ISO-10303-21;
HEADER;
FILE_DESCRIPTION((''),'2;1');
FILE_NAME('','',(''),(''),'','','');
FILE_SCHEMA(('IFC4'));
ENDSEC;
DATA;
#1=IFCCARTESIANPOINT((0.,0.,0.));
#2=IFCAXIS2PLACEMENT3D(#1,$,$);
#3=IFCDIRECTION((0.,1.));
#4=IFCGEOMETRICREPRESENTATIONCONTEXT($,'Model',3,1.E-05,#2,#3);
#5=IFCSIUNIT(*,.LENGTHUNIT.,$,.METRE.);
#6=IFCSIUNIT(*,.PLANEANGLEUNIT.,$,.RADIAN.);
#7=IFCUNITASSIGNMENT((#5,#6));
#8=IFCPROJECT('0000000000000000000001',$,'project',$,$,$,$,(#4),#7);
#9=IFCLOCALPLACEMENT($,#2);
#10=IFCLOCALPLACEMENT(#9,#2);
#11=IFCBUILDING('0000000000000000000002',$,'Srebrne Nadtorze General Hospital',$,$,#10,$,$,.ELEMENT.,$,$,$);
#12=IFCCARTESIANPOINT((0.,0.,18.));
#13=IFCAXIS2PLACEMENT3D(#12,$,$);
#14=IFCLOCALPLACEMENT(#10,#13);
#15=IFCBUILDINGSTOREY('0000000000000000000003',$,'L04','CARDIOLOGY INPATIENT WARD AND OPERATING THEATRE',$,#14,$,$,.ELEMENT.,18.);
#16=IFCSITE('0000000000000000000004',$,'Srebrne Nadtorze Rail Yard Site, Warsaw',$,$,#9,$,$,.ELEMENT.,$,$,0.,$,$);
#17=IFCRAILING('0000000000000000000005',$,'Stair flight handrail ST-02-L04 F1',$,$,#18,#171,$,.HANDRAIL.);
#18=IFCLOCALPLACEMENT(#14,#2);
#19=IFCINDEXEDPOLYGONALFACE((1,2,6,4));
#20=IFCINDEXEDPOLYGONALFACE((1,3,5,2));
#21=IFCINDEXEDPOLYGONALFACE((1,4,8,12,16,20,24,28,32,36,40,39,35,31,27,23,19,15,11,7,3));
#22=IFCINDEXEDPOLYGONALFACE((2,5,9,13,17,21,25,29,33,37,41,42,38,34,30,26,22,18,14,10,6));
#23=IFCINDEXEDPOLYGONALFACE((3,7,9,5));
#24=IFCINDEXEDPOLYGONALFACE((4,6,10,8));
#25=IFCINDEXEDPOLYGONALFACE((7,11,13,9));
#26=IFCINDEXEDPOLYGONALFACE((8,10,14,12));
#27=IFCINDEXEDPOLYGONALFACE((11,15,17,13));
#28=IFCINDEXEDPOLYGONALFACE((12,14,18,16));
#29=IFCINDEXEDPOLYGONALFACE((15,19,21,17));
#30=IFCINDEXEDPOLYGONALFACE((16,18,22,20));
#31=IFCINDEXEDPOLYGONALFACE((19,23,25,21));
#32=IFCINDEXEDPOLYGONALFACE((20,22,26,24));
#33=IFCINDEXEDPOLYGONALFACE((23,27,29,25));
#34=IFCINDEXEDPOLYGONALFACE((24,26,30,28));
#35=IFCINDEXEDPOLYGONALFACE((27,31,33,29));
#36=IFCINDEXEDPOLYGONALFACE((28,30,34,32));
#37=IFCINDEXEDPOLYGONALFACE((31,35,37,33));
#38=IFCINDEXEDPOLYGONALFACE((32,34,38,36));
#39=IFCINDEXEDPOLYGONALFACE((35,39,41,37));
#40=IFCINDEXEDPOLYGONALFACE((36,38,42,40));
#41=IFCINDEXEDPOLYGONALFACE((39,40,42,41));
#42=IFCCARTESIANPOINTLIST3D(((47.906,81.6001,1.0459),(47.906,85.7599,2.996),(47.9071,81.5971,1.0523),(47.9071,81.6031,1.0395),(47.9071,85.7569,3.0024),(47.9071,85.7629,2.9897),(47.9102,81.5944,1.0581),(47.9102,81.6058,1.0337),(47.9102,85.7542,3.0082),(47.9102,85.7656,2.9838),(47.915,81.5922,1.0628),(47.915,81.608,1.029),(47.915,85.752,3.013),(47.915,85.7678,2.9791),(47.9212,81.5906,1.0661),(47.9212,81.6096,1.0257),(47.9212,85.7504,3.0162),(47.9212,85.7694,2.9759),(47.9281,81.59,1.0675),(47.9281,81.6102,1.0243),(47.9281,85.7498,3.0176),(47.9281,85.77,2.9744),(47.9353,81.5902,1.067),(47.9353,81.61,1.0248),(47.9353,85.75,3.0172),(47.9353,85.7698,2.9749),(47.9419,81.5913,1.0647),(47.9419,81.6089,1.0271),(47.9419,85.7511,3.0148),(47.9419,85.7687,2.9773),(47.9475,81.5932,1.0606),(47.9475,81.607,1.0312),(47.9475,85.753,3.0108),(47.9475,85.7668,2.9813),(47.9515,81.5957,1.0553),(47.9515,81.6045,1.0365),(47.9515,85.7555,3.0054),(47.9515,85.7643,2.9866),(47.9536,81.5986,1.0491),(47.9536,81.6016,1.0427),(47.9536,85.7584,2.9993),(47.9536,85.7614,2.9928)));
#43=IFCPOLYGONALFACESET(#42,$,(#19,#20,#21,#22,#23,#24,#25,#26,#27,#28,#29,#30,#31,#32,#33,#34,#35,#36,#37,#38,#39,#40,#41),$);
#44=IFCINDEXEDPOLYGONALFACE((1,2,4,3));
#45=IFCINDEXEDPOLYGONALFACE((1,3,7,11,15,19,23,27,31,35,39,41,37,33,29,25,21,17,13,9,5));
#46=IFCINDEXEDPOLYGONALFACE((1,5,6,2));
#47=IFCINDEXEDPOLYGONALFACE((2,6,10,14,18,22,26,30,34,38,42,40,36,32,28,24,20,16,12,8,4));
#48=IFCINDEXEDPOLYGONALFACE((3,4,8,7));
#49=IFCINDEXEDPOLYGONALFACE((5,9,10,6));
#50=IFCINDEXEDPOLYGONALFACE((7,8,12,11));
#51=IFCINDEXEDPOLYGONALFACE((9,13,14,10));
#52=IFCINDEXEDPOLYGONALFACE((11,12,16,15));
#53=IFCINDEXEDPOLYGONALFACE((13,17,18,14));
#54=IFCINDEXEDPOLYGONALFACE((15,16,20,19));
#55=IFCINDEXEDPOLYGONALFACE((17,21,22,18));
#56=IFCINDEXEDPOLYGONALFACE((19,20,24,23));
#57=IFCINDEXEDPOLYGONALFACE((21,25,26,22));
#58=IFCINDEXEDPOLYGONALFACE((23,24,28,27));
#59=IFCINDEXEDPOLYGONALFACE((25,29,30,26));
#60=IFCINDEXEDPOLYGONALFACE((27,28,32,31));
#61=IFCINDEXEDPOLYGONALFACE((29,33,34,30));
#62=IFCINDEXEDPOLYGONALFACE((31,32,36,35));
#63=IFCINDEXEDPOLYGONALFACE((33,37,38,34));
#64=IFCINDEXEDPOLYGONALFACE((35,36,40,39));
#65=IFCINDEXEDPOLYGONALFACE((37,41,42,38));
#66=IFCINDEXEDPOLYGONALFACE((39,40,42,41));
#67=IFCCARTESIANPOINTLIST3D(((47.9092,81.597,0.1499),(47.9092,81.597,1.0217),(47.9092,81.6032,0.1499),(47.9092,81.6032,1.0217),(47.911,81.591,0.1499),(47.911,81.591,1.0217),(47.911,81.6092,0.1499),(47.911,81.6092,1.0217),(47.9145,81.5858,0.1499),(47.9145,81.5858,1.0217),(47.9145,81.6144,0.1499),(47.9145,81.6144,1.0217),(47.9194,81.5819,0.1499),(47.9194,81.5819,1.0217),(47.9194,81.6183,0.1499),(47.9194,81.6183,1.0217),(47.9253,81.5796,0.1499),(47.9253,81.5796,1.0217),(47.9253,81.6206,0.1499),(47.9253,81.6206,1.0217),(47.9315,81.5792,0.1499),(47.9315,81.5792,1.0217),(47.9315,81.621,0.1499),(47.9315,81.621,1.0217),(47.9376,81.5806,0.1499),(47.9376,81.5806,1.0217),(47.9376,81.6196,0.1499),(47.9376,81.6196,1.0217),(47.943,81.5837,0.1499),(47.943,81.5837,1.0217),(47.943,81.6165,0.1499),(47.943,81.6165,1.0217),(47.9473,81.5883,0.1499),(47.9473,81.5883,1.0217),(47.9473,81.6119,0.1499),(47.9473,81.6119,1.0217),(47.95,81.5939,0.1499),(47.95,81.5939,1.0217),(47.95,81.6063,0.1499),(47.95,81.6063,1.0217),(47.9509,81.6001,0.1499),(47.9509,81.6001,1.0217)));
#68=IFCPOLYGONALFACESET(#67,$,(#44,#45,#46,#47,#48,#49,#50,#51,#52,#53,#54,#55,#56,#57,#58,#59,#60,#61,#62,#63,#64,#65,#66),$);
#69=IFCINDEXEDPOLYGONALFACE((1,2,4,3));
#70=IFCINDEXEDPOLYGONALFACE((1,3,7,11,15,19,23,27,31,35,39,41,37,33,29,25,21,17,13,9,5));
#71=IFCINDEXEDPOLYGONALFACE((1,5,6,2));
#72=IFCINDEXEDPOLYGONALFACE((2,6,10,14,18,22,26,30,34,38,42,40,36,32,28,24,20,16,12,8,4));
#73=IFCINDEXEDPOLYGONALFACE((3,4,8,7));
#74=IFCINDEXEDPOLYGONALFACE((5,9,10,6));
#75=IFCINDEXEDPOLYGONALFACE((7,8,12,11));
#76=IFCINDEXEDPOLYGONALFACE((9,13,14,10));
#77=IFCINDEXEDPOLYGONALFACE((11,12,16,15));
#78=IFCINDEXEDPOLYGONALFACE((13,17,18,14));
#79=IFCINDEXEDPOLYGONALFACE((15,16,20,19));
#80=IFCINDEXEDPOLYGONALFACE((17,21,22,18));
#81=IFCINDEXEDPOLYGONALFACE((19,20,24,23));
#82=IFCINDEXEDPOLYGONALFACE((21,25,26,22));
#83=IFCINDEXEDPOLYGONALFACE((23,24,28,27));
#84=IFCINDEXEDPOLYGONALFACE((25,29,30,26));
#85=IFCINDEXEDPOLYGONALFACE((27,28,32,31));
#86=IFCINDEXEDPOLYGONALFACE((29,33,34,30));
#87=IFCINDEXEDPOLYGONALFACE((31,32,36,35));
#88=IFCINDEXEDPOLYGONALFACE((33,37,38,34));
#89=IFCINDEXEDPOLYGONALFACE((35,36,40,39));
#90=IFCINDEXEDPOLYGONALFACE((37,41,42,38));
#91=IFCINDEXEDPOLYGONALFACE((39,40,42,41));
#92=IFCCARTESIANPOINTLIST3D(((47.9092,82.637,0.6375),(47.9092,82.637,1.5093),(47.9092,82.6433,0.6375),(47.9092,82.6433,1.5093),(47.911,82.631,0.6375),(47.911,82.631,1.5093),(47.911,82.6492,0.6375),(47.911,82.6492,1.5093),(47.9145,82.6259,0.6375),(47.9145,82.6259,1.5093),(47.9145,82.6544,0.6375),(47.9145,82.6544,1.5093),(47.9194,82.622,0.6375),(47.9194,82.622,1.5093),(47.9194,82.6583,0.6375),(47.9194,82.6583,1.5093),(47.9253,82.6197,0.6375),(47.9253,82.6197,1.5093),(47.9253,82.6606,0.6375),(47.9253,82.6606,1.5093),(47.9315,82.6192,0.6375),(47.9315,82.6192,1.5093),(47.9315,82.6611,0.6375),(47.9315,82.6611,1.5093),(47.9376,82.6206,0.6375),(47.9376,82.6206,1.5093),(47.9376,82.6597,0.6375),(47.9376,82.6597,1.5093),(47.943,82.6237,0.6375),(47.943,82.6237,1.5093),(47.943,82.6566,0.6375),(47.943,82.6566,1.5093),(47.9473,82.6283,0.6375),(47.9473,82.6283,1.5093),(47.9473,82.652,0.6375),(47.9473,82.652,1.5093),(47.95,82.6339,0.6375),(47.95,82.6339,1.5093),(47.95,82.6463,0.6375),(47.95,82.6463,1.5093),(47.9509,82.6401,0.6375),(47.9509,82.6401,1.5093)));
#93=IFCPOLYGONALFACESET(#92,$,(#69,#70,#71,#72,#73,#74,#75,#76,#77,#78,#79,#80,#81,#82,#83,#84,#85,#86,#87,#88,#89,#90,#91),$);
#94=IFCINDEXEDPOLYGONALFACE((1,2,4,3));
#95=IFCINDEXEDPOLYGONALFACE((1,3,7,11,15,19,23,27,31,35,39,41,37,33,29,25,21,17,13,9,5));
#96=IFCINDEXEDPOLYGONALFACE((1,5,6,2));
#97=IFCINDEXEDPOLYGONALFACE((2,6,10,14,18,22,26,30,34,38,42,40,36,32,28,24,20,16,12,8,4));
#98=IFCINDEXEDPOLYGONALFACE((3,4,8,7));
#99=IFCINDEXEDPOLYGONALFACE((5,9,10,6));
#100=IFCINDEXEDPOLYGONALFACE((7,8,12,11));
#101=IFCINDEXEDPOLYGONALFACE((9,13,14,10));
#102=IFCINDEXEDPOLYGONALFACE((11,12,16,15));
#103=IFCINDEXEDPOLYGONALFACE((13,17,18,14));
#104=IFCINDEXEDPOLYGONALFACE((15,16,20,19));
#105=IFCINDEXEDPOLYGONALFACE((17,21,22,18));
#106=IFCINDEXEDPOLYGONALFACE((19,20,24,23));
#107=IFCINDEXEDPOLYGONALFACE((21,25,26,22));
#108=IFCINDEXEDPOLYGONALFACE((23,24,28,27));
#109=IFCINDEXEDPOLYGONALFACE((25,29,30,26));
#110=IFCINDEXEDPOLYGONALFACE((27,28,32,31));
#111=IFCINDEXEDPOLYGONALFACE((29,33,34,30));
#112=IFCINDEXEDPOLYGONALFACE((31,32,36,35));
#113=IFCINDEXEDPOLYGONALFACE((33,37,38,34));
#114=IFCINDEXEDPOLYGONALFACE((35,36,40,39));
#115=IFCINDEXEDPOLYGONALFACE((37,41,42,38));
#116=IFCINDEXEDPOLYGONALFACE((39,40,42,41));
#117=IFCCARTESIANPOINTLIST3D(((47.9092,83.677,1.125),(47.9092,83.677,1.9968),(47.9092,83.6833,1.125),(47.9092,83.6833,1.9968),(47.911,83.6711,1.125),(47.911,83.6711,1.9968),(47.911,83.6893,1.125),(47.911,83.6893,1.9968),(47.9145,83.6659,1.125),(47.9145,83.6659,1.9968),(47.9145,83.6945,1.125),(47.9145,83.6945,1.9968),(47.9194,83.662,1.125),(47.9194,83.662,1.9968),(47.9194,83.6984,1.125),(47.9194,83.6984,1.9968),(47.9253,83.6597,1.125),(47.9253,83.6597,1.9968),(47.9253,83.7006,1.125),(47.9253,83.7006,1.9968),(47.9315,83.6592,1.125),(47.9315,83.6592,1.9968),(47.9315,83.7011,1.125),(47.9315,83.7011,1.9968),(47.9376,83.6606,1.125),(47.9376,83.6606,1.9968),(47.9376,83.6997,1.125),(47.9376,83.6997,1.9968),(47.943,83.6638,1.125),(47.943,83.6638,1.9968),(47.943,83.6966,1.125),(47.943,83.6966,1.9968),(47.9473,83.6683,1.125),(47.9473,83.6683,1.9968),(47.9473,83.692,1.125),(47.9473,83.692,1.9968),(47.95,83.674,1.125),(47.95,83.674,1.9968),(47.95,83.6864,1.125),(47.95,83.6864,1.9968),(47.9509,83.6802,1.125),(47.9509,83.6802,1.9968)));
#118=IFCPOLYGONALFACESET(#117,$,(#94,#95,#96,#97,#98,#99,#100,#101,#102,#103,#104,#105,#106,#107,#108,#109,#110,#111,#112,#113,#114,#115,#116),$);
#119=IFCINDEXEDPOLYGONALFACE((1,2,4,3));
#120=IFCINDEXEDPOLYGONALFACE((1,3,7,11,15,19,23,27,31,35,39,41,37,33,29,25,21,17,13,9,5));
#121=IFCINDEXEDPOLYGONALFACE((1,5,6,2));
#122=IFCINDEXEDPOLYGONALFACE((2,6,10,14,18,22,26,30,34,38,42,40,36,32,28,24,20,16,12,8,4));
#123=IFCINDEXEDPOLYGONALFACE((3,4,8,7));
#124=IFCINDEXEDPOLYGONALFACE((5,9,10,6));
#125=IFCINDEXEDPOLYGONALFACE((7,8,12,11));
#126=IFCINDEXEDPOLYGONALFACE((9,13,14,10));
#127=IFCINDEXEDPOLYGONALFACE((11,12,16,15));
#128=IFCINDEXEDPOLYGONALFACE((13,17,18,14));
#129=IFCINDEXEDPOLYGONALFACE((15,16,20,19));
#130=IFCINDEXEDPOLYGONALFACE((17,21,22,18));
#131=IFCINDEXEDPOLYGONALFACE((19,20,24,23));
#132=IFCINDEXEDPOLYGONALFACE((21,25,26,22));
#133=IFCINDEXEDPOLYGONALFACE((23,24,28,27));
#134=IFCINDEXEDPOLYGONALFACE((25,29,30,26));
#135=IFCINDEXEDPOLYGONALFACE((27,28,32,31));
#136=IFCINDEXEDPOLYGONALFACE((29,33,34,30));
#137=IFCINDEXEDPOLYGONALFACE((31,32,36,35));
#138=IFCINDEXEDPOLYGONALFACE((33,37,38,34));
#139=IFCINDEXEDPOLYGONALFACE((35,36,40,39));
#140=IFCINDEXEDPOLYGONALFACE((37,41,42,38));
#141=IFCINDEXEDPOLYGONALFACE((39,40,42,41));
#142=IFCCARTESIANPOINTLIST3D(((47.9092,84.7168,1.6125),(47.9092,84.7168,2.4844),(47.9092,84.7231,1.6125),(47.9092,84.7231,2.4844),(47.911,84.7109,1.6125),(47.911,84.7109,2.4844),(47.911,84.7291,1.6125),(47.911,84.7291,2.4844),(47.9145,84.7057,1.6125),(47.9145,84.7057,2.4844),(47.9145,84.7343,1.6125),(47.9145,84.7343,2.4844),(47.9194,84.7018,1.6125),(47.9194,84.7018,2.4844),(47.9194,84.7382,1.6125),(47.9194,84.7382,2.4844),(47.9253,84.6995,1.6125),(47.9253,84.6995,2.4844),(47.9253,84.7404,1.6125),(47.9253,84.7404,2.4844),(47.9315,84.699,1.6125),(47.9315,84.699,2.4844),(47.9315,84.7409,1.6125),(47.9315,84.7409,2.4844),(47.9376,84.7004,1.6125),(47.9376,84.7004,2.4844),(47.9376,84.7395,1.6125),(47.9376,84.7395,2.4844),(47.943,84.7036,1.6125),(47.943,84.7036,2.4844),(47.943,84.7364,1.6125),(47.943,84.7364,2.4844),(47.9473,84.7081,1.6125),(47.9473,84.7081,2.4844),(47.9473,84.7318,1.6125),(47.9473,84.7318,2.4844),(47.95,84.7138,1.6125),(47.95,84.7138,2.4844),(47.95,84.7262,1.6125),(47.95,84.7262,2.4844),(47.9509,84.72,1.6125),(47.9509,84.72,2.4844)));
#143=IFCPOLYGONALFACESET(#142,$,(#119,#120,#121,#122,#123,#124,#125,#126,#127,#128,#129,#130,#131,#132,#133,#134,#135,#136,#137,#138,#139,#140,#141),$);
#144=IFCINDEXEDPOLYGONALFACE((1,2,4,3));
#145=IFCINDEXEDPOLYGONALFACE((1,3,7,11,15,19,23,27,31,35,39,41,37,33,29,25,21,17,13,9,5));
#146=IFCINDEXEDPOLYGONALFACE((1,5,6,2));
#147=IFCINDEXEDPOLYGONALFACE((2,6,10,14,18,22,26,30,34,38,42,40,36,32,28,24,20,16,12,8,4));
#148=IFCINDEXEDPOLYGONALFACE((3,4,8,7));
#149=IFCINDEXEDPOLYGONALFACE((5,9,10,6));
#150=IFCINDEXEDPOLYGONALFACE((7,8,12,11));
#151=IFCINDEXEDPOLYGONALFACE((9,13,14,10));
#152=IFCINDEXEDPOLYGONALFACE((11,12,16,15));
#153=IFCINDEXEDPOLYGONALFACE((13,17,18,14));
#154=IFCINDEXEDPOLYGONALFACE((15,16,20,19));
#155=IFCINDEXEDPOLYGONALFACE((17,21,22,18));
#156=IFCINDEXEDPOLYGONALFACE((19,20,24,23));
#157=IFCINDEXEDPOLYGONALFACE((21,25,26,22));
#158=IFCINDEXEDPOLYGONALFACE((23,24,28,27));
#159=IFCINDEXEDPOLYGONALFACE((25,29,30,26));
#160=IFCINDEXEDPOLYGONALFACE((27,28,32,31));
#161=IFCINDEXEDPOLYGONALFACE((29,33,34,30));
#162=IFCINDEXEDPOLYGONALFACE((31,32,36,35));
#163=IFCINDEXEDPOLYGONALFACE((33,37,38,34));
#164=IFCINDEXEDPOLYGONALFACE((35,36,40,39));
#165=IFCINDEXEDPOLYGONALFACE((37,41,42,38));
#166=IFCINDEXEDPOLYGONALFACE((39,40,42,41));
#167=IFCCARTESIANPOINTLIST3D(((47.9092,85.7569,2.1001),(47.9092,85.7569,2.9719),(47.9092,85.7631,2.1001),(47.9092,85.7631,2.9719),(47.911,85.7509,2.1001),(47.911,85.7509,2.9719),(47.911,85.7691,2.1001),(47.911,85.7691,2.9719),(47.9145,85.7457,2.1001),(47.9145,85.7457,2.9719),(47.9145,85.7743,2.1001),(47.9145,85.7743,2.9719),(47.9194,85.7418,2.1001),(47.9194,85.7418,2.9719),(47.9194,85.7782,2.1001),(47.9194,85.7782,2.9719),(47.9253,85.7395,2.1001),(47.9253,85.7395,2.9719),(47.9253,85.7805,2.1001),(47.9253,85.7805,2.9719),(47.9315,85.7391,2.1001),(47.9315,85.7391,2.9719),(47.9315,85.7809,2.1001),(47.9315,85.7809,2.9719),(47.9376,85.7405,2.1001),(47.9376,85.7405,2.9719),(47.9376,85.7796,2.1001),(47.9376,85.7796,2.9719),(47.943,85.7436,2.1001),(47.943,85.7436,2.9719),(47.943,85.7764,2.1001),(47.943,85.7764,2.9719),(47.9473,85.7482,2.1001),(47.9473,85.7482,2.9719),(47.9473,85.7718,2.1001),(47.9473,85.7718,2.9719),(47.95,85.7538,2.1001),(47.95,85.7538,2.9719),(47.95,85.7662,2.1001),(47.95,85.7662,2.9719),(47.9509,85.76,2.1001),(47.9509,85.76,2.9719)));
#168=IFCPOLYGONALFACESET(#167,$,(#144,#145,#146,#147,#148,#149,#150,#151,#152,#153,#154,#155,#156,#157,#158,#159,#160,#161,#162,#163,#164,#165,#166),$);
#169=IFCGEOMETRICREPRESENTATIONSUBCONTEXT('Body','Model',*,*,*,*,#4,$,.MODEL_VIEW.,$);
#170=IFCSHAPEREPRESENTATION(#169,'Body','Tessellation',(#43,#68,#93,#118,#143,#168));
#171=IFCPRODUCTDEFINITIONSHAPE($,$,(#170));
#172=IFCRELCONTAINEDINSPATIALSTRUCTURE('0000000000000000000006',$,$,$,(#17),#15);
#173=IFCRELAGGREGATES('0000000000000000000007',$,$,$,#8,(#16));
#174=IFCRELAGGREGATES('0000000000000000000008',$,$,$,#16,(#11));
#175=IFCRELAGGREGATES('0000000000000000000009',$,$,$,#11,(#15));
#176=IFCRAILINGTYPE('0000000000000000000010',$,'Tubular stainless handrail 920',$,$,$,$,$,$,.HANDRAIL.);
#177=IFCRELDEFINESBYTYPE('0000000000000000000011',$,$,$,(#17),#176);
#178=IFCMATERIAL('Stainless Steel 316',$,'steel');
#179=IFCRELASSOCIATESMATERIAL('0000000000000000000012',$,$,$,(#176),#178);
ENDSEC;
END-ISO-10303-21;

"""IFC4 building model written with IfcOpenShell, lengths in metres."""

from ifc_helpers import new_model, si_unit, direction, frame, origin, origin_2d, place, context, subcontext, project, spatial, circle, extrude, material, type_object, element, save


model = new_model("IFC4")

# Units and contexts
model_context = context("Model", 3, precision=1e-05, world=origin(), true_north=direction((0.0, 1.0)))
body_context = subcontext(model_context, "Body", "Model", "MODEL_VIEW")
ifc_project = project(units=[si_unit("LENGTHUNIT", "METRE"), si_unit("PLANEANGLEUNIT", "RADIAN")], contexts=[model_context])

# Site, building, storey
site_placement = place(None, origin())
site = spatial("IfcSite", under=ifc_project, at=site_placement, Name="Srebrne Nadtorze Rail Yard Site, Warsaw", CompositionType="ELEMENT", RefElevation=0.0)
building_placement = place(site_placement, origin())
building = spatial("IfcBuilding", under=site, at=building_placement, Name="Srebrne Nadtorze General Hospital", CompositionType="ELEMENT")
storey_placement = place(building_placement, frame((0.0, 0.0, 18.0)))
storey = spatial("IfcBuildingStorey", under=building, at=storey_placement, Name="L04", Description="CARDIOLOGY INPATIENT WARD AND OPERATING THEATRE", CompositionType="ELEMENT", Elevation=18.0)

# Railing
ifc_material_1 = material(Name="Stainless Steel 316", Category="steel")
railing_type = type_object("IfcRailingType", Name="Tubular stainless handrail 920", PredefinedType="HANDRAIL", material=ifc_material_1)
railing_placement = place(storey_placement, frame((47.9299, 81.6001, 0.1499)))
element("IfcRailing", 1, at=railing_placement, inside=storey, type_object=railing_type, Name="Stair flight handrail ST-02-L04 F1", PredefinedType="HANDRAIL", context=body_context, shape_type="SweptSolid", body=[
    extrude(circle(Radius=0.0239, at=origin_2d()), frame((0.0, 0.0, 0.896), z_axis=(0.0, 0.905439, 0.424476), x_axis=(-1.0, 0.0, 0.0)), (0.0, 0.0, 1.0), 4.5942),
    extrude(circle(Radius=0.021, at=origin_2d()), origin(), (0.0, 0.0, 1.0), 0.8718),
    extrude(circle(Radius=0.021, at=origin_2d()), frame((0.0, 1.04, 0.4875)), (0.0, 0.0, 1.0), 0.8718),
    extrude(circle(Radius=0.021, at=origin_2d()), frame((0.0, 2.0801, 0.9751)), (0.0, 0.0, 1.0), 0.8718),
    extrude(circle(Radius=0.021, at=origin_2d()), frame((0.0, 3.1199, 1.4626)), (0.0, 0.0, 1.0), 0.8718),
    extrude(circle(Radius=0.021, at=origin_2d()), frame((0.0, 4.1599, 1.9502)), (0.0, 0.0, 1.0), 0.8718),
])

save(model, "model.ifc")
